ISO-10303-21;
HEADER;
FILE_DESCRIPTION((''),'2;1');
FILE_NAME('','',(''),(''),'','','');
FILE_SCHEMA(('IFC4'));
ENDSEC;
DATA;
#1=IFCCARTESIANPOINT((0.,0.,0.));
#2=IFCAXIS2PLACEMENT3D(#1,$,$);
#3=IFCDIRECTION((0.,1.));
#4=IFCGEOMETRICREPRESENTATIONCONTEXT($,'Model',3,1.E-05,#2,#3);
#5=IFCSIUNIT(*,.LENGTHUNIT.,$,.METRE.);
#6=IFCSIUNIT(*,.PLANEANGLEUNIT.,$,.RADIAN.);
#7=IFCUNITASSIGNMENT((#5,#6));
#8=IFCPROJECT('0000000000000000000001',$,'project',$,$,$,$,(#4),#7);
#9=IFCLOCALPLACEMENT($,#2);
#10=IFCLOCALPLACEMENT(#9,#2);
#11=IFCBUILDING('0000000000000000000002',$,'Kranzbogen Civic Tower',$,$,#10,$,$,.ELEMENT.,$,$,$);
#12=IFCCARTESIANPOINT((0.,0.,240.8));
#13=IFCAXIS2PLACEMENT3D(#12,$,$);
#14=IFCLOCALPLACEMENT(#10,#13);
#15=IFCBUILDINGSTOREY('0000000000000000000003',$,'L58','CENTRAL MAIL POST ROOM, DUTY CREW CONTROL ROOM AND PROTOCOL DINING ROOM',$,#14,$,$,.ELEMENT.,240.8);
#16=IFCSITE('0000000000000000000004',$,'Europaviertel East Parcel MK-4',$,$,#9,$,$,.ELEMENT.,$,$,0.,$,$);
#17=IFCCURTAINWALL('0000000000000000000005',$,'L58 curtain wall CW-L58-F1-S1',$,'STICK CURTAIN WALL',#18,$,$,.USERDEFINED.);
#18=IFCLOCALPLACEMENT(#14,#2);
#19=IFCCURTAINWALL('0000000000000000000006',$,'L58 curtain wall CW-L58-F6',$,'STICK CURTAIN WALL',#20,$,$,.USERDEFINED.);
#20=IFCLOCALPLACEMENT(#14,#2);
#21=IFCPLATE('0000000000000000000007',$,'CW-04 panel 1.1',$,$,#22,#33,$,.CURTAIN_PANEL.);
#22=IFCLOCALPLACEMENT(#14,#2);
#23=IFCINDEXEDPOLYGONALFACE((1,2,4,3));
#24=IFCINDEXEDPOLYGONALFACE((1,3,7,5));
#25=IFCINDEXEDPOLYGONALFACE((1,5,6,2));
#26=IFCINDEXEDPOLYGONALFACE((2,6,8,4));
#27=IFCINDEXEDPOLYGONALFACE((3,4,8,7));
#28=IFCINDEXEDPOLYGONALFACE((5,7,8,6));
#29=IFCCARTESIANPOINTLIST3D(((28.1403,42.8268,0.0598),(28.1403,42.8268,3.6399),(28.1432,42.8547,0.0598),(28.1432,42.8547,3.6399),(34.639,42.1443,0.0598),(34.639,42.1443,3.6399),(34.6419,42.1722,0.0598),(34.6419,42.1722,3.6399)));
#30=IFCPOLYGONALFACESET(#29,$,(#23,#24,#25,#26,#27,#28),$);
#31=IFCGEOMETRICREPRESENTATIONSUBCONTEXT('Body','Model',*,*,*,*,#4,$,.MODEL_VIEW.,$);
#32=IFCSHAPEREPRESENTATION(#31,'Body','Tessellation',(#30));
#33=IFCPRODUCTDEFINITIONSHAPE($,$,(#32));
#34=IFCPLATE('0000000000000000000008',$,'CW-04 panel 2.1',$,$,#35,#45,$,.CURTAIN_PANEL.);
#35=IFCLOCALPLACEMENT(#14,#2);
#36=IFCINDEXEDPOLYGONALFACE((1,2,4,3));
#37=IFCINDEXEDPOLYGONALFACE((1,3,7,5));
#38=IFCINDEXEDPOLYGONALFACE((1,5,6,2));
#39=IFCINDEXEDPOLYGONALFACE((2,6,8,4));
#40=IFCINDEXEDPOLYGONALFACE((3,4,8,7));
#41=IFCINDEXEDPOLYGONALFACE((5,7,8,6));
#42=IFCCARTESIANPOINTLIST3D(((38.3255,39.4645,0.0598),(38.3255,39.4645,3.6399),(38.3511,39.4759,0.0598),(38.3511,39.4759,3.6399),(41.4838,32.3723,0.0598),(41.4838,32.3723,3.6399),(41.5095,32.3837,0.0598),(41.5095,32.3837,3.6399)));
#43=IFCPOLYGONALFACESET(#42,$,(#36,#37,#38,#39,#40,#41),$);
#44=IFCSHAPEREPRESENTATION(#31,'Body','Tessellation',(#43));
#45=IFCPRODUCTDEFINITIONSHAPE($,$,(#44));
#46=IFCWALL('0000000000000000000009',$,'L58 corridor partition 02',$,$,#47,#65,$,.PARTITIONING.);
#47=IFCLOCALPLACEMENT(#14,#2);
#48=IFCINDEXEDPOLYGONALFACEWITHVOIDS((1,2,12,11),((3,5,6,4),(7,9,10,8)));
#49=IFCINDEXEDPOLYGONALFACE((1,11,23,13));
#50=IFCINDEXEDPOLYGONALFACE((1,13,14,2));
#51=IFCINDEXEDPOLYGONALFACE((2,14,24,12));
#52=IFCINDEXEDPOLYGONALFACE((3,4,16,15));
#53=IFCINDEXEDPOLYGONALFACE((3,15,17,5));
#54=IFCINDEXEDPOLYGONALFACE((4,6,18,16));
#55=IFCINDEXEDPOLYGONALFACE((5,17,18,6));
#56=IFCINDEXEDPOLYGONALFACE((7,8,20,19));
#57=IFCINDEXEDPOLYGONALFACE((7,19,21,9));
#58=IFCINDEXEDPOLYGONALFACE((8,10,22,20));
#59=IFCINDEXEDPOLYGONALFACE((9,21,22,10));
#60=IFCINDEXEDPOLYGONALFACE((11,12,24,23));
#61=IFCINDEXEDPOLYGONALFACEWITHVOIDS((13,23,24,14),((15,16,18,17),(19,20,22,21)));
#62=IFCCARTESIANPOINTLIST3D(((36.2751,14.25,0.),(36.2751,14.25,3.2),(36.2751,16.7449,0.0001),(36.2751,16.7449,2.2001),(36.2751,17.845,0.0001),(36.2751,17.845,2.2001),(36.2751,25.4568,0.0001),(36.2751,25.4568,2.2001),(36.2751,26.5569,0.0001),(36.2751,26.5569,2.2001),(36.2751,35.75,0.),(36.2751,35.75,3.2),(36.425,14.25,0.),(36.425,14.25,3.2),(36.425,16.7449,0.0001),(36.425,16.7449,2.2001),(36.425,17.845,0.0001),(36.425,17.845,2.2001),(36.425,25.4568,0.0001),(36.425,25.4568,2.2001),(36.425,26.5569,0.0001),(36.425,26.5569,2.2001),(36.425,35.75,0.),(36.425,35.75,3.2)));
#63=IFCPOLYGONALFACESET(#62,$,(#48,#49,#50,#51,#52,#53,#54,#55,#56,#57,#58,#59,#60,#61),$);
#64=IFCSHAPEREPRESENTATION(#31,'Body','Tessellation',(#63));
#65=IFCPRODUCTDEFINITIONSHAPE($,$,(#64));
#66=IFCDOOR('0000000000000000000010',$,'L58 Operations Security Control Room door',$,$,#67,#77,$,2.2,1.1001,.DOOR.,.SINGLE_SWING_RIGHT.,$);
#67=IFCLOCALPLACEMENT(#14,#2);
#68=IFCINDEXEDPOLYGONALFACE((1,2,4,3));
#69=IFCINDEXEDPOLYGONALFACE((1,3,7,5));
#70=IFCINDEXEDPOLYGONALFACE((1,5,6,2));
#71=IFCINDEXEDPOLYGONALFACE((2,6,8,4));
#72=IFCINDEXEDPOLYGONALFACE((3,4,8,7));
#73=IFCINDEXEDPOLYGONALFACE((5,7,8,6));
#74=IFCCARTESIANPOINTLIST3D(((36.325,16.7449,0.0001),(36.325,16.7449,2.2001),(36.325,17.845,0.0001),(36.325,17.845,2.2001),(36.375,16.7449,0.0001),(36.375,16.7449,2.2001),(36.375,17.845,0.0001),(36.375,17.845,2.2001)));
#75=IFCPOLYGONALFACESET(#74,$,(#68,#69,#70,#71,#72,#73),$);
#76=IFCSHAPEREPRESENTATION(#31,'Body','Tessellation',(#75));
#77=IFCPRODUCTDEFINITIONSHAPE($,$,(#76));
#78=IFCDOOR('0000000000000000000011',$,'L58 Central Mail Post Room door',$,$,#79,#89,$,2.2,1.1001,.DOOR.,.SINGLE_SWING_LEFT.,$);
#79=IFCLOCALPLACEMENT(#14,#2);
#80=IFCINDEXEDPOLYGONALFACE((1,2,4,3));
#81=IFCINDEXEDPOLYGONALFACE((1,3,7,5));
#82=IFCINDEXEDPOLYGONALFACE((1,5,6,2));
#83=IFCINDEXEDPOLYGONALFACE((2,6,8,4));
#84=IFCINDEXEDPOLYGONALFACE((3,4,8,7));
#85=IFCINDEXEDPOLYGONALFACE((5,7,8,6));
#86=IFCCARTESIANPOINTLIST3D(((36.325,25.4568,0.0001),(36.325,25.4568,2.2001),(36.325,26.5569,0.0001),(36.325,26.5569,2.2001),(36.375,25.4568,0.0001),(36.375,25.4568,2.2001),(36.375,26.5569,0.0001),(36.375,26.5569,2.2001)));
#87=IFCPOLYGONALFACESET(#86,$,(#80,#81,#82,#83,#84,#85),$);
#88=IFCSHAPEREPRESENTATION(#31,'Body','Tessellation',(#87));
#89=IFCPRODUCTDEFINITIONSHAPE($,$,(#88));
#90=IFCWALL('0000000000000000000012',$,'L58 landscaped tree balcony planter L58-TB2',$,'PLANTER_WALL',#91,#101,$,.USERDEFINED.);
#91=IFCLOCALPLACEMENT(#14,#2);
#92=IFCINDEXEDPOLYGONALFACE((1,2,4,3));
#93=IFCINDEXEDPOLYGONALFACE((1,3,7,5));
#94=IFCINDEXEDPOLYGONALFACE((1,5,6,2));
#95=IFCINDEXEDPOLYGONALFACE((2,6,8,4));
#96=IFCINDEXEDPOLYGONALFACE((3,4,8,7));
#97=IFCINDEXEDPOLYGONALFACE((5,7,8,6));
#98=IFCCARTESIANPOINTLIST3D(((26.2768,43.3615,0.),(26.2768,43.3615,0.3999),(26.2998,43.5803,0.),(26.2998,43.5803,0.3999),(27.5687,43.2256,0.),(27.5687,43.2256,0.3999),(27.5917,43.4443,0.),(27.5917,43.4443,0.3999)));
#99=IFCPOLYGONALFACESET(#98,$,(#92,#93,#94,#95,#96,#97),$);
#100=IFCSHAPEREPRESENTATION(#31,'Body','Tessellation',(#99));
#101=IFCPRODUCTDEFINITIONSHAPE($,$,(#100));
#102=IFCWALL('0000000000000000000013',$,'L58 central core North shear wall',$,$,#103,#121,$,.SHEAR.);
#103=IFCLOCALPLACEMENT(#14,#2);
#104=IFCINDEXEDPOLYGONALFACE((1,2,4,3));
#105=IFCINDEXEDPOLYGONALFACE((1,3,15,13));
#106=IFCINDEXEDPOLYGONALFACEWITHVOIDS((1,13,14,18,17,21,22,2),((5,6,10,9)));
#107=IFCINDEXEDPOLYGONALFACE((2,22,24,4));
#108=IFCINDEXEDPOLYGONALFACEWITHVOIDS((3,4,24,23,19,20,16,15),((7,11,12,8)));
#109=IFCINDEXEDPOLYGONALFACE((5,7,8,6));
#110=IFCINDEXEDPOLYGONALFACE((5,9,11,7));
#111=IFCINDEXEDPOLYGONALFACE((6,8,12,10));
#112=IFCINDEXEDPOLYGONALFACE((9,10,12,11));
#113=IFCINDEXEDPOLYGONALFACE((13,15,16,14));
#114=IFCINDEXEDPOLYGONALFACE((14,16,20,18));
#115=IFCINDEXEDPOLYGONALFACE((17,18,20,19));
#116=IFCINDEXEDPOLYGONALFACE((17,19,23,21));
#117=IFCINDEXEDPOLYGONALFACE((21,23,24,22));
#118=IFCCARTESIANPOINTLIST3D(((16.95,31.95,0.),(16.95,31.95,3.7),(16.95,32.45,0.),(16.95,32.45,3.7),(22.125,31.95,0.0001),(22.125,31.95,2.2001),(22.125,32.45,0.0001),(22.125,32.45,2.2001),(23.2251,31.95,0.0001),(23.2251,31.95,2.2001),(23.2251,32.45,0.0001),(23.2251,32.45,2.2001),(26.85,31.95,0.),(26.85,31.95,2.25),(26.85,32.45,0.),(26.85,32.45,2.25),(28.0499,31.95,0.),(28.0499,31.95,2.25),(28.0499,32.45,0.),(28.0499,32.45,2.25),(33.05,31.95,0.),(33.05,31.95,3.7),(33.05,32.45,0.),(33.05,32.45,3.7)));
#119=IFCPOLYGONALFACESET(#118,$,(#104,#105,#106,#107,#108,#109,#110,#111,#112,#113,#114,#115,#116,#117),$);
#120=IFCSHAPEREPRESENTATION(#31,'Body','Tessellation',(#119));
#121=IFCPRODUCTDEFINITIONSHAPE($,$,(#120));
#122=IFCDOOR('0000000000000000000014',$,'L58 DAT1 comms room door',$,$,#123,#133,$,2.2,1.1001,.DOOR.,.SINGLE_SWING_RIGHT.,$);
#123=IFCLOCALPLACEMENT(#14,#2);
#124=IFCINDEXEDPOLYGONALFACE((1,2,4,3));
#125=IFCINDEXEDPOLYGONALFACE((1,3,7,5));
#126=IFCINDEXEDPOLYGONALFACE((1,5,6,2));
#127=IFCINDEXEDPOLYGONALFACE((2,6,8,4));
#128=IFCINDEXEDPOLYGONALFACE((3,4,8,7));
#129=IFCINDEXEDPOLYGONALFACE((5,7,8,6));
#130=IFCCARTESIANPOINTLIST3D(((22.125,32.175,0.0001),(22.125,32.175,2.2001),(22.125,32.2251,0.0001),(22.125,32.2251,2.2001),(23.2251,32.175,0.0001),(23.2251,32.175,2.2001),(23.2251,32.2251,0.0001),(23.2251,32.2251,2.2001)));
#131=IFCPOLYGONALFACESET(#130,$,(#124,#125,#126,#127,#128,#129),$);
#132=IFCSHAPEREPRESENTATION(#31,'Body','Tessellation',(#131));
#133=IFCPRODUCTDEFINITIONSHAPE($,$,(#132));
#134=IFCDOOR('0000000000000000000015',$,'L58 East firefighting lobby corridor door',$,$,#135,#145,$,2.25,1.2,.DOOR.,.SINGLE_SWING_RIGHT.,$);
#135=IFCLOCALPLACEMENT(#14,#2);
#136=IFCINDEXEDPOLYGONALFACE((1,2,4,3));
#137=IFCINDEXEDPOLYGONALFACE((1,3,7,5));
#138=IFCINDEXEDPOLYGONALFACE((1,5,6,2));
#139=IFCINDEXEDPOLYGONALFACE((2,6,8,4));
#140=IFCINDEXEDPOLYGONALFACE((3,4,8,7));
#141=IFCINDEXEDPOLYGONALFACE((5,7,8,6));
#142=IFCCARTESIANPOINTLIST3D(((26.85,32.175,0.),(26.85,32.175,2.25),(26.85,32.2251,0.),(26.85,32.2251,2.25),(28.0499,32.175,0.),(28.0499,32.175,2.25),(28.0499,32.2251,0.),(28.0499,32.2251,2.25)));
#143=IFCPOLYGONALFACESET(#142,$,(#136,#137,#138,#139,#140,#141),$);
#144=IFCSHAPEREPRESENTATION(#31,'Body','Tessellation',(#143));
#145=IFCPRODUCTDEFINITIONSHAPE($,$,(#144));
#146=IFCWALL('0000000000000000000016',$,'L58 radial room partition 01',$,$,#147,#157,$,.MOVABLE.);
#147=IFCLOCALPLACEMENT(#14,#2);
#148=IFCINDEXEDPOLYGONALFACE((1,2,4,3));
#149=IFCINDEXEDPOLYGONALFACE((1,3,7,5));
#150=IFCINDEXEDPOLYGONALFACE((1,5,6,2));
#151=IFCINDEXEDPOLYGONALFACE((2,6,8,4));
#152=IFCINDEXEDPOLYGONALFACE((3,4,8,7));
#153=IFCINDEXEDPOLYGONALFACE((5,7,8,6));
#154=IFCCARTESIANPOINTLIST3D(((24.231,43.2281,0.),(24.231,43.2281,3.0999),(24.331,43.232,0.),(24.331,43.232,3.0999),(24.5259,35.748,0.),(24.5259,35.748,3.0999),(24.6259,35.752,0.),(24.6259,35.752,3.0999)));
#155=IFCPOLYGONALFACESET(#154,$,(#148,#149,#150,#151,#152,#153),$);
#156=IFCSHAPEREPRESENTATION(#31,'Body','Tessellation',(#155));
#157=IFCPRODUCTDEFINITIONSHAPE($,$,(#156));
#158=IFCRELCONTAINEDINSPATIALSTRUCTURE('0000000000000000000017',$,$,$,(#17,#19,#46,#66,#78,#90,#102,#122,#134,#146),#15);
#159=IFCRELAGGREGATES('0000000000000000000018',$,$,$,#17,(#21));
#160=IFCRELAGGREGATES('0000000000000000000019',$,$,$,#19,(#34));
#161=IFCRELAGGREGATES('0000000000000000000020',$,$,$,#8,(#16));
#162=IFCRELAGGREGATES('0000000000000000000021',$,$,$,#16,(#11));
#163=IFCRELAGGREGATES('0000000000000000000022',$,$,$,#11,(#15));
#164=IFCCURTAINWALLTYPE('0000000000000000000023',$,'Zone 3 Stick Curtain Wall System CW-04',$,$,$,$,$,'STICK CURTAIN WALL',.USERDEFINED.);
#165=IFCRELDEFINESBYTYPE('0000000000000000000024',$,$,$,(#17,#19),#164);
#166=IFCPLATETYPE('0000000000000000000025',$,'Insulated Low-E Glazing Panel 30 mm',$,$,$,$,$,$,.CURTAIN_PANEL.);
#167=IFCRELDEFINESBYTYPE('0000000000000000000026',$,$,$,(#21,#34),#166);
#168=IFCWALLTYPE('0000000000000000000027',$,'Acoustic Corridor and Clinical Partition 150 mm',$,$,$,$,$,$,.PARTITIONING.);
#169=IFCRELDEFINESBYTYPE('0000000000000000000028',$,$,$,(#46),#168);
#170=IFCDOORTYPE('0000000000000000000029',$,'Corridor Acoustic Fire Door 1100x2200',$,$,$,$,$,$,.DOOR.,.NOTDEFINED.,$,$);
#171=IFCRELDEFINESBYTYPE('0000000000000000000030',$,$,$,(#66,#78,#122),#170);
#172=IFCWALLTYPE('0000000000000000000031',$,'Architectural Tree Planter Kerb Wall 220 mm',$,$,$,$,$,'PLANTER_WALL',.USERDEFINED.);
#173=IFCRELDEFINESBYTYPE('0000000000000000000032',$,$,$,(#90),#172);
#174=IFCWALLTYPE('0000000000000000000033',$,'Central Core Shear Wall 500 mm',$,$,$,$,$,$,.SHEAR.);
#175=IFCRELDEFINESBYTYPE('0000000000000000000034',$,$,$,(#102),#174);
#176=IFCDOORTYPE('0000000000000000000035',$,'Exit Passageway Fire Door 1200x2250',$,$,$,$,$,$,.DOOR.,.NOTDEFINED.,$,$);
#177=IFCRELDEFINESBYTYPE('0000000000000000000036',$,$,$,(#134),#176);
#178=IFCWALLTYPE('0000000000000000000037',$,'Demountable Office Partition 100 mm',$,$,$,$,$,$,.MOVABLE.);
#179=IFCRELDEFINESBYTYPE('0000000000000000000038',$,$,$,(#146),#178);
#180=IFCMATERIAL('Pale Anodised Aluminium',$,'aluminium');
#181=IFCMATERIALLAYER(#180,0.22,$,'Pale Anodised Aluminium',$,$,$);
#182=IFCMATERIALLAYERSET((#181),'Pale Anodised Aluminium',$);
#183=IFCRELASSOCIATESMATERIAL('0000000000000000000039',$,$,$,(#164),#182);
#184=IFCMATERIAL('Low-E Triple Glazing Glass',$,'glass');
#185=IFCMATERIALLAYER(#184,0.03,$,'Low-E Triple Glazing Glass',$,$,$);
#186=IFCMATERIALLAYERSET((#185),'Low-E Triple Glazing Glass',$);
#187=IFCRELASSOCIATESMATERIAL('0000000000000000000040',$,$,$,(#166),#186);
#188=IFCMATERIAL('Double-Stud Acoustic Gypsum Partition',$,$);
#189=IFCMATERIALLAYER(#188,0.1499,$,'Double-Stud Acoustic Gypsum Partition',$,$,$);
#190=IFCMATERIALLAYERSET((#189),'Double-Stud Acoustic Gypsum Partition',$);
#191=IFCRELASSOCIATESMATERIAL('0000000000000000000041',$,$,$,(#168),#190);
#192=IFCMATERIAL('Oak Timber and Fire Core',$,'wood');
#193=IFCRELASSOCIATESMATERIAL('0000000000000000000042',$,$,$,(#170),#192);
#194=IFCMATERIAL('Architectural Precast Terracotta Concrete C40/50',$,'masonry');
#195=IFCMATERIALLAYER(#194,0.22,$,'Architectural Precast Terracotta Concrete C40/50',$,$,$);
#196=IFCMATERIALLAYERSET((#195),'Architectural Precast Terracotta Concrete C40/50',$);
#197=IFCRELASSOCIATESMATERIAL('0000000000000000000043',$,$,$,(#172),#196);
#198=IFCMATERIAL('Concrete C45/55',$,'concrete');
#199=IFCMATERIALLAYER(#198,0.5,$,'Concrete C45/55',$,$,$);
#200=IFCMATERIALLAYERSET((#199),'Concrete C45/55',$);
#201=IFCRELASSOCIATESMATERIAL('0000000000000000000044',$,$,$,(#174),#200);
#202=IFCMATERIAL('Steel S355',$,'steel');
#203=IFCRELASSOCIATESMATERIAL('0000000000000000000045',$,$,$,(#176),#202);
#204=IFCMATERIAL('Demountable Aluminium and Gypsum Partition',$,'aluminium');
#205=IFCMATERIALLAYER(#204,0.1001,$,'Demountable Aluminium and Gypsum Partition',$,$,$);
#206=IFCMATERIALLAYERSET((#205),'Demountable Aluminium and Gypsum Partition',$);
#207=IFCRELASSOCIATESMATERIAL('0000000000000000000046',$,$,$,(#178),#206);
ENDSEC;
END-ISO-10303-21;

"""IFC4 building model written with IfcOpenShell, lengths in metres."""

from ifc_helpers import new_model, si_unit, direction, frame, frame_2d, origin, origin_2d, place, context, subcontext, project, spatial, rectangle, extrude, material, layer, layer_set, type_object, element, fill, aggregate, save


model = new_model("IFC4")

# Units and contexts
model_context = context("Model", 3, precision=1e-05, world=origin(), true_north=direction((0.0, 1.0)))
body_context = subcontext(model_context, "Body", "Model", "MODEL_VIEW")
ifc_project = project(units=[si_unit("LENGTHUNIT", "METRE"), si_unit("PLANEANGLEUNIT", "RADIAN")], contexts=[model_context])

# Site, building, storey
site_placement = place(None, origin())
site = spatial("IfcSite", under=ifc_project, at=site_placement, Name="Europaviertel East Parcel MK-4", CompositionType="ELEMENT", RefElevation=0.0)
building_placement = place(site_placement, origin())
building = spatial("IfcBuilding", under=site, at=building_placement, Name="Kranzbogen Civic Tower", CompositionType="ELEMENT")
storey_placement = place(building_placement, frame((0.0, 0.0, 240.8)))
storey = spatial("IfcBuildingStorey", under=building, at=storey_placement, Name="L58", Description="CENTRAL MAIL POST ROOM, DUTY CREW CONTROL ROOM AND PROTOCOL DINING ROOM", CompositionType="ELEMENT", Elevation=240.8)

# Shared definitions
ifc_material_1 = material(Name="Steel S355", Category="steel")

# Curtain wall
ifc_material_2 = material(Name="Pale Anodised Aluminium", Category="aluminium")
ifc_layer_1 = layer(ifc_material_2, 0.22, Name="Pale Anodised Aluminium")
ifc_layer_set_1 = layer_set([ifc_layer_1], Name="Pale Anodised Aluminium")
curtain_wall_type = type_object("IfcCurtainWallType", Name="Zone 3 Stick Curtain Wall System CW-04", ElementType="STICK CURTAIN WALL", PredefinedType="USERDEFINED", material=ifc_layer_set_1)
curtain_wall_1_placement = place(storey_placement, origin())
curtain_wall_1 = element("IfcCurtainWall", 1, at=curtain_wall_1_placement, inside=storey, type_object=curtain_wall_type, Name="L58 curtain wall CW-L58-F1-S1", ObjectType="STICK CURTAIN WALL", PredefinedType="USERDEFINED")

# Curtain wall
curtain_wall_2_placement = place(storey_placement, origin())
curtain_wall_2 = element("IfcCurtainWall", 2, at=curtain_wall_2_placement, inside=storey, type_object=curtain_wall_type, Name="L58 curtain wall CW-L58-F6", ObjectType="STICK CURTAIN WALL", PredefinedType="USERDEFINED")

# Plates
ifc_material_3 = material(Name="Low-E Triple Glazing Glass", Category="glass")
ifc_layer_2 = layer(ifc_material_3, 0.03, Name="Low-E Triple Glazing Glass")
ifc_layer_set_2 = layer_set([ifc_layer_2], Name="Low-E Triple Glazing Glass")
plate_type = type_object("IfcPlateType", Name="Insulated Low-E Glazing Panel 30 mm", PredefinedType="CURTAIN_PANEL", material=ifc_layer_set_2)
plate_1_placement = place(storey_placement, frame((31.3911, 42.4995, 0.0598), z_axis=(0.0, 0.0, 1.0), x_axis=(-0.994531, 0.104442, 0.0)))
plate_1 = element("IfcPlate", 3, at=plate_1_placement, type_object=plate_type, Name="CW-04 panel 1.1", PredefinedType="CURTAIN_PANEL", context=body_context, shape_type="SweptSolid", body=[
    extrude(rectangle(XDim=6.5344, YDim=0.0281, at=origin_2d()), origin(), (0.0, 0.0, 1.0), 3.5801),
])
aggregate(curtain_wall_1, [plate_1])
plate_2_placement = place(storey_placement, frame((39.9175, 35.9241, 0.0598), z_axis=(0.0, 0.0, 1.0), x_axis=(-0.406812, 0.913512, 0.0)))
plate_2 = element("IfcPlate", 4, at=plate_2_placement, type_object=plate_type, Name="CW-04 panel 2.1", PredefinedType="CURTAIN_PANEL", context=body_context, shape_type="SweptSolid", body=[
    extrude(rectangle(XDim=7.7637, YDim=0.0281, at=origin_2d()), origin(), (0.0, 0.0, 1.0), 3.5801),
])
aggregate(curtain_wall_2, [plate_2])

# Wall, openings, doors
ifc_material_4 = material(Name="Double-Stud Acoustic Gypsum Partition")
ifc_layer_3 = layer(ifc_material_4, 0.1499, Name="Double-Stud Acoustic Gypsum Partition")
ifc_layer_set_3 = layer_set([ifc_layer_3], Name="Double-Stud Acoustic Gypsum Partition")
wall_type_1 = type_object("IfcWallType", Name="Acoustic Corridor and Clinical Partition 150 mm", PredefinedType="PARTITIONING", material=ifc_layer_set_3)
wall_1_placement = place(storey_placement, frame((36.3501, 35.75, 0.0), z_axis=(0.0, 0.0, 1.0), x_axis=(0.0, -1.0, 0.0)))
wall_1 = element("IfcWall", 5, at=wall_1_placement, inside=storey, type_object=wall_type_1, Name="L58 corridor partition 02", PredefinedType="PARTITIONING", context=body_context, shape_type="SweptSolid", body=[
    extrude(rectangle(XDim=21.5, YDim=0.1499, at=frame_2d((10.75, 0.0))), origin(), (0.0, 0.0, 1.0), 3.2),
])
opening_1_placement = place(wall_1_placement, frame((17.905, 0.0, 0.0)))
opening_1 = element("IfcOpeningElement", 6, at=opening_1_placement, cuts=wall_1, PredefinedType="OPENING", context=body_context, shape_type="SweptSolid", body=[
    extrude(rectangle(XDim=1.1001, YDim=2.2, at=frame_2d((0.55, 1.1001))), frame((0.0, 0.085, 0.0), z_axis=(0.0, -1.0, 0.0), x_axis=(1.0, 0.0, 0.0)), (0.0, 0.0, 1.0), 0.1699),
])
opening_2_placement = place(wall_1_placement, frame((9.1931, 0.0, 0.0)))
opening_2 = element("IfcOpeningElement", 7, at=opening_2_placement, cuts=wall_1, PredefinedType="OPENING", context=body_context, shape_type="SweptSolid", body=[
    extrude(rectangle(XDim=1.1001, YDim=2.2, at=frame_2d((0.55, 1.1001))), frame((0.0, 0.085, 0.0), z_axis=(0.0, -1.0, 0.0), x_axis=(1.0, 0.0, 0.0)), (0.0, 0.0, 1.0), 0.1699),
])
ifc_material_5 = material(Name="Oak Timber and Fire Core", Category="wood")
door_type_1 = type_object("IfcDoorType", Name="Corridor Acoustic Fire Door 1100x2200", OperationType="NOTDEFINED", PredefinedType="DOOR", material=ifc_material_5)
door_1_placement = place(opening_1_placement, origin())
door_1 = element("IfcDoor", 8, at=door_1_placement, inside=storey, type_object=door_type_1, Name="L58 Operations Security Control Room door", OperationType="SINGLE_SWING_RIGHT", OverallHeight=2.2, OverallWidth=1.1001, PredefinedType="DOOR", context=body_context, shape_type="SweptSolid", body=[
    extrude(rectangle(XDim=1.1001, YDim=2.2, at=frame_2d((0.55, 1.1001))), frame((0.0, 0.0249, 0.0), z_axis=(0.0, -1.0, 0.0), x_axis=(1.0, 0.0, 0.0)), (0.0, 0.0, 1.0), 0.05),
])
fill(opening_1, door_1)
door_2_placement = place(opening_2_placement, origin())
door_2 = element("IfcDoor", 9, at=door_2_placement, inside=storey, type_object=door_type_1, Name="L58 Central Mail Post Room door", OperationType="SINGLE_SWING_LEFT", OverallHeight=2.2, OverallWidth=1.1001, PredefinedType="DOOR", context=body_context, shape_type="SweptSolid", body=[
    extrude(rectangle(XDim=1.1001, YDim=2.2, at=frame_2d((0.55, 1.1001))), frame((0.0, 0.0249, 0.0), z_axis=(0.0, -1.0, 0.0), x_axis=(1.0, 0.0, 0.0)), (0.0, 0.0, 1.0), 0.05),
])
fill(opening_2, door_2)

# Wall
ifc_material_6 = material(Name="Architectural Precast Terracotta Concrete C40/50", Category="masonry")
ifc_layer_4 = layer(ifc_material_6, 0.22, Name="Architectural Precast Terracotta Concrete C40/50")
ifc_layer_set_4 = layer_set([ifc_layer_4], Name="Architectural Precast Terracotta Concrete C40/50")
wall_type_2 = type_object("IfcWallType", Name="Architectural Tree Planter Kerb Wall 220 mm", ElementType="PLANTER_WALL", PredefinedType="USERDEFINED", material=ifc_layer_set_4)
wall_2_placement = place(storey_placement, frame((27.5801, 43.335, 0.0), z_axis=(0.0, 0.0, 1.0), x_axis=(-0.994506, 0.104675, 0.0)))
element("IfcWall", 10, at=wall_2_placement, inside=storey, type_object=wall_type_2, Name="L58 landscaped tree balcony planter L58-TB2", ObjectType="PLANTER_WALL", PredefinedType="USERDEFINED", context=body_context, shape_type="SweptSolid", body=[
    extrude(rectangle(XDim=1.2991, YDim=0.22, at=frame_2d((0.6494, 0.0))), origin(), (0.0, 0.0, 1.0), 0.3999),
])

# Wall, openings, doors
ifc_material_7 = material(Name="Concrete C45/55", Category="concrete")
ifc_layer_5 = layer(ifc_material_7, 0.5, Name="Concrete C45/55")
ifc_layer_set_5 = layer_set([ifc_layer_5], Name="Concrete C45/55")
wall_type_3 = type_object("IfcWallType", Name="Central Core Shear Wall 500 mm", PredefinedType="SHEAR", material=ifc_layer_set_5)
wall_3_placement = place(storey_placement, frame((33.05, 32.2, 0.0), z_axis=(0.0, 0.0, 1.0), x_axis=(-1.0, 0.0, 0.0)))
wall_3 = element("IfcWall", 11, at=wall_3_placement, inside=storey, type_object=wall_type_3, Name="L58 central core North shear wall", PredefinedType="SHEAR", context=body_context, shape_type="SweptSolid", body=[
    extrude(rectangle(XDim=16.1001, YDim=0.5, at=frame_2d((8.05, 0.0))), origin(), (0.0, 0.0, 1.0), 3.7),
])
opening_3_placement = place(wall_3_placement, frame((5.0, 0.0, 0.0)))
opening_3 = element("IfcOpeningElement", 12, at=opening_3_placement, cuts=wall_3, PredefinedType="OPENING", context=body_context, shape_type="SweptSolid", body=[
    extrude(rectangle(XDim=1.2, YDim=2.25, at=frame_2d((0.6001, 1.125))), frame((0.0, 0.26, 0.0), z_axis=(0.0, -1.0, 0.0), x_axis=(1.0, 0.0, 0.0)), (0.0, 0.0, 1.0), 0.52),
])
opening_4_placement = place(wall_3_placement, frame((9.825, 0.0, 0.0)))
opening_4 = element("IfcOpeningElement", 13, at=opening_4_placement, cuts=wall_3, PredefinedType="OPENING", context=body_context, shape_type="SweptSolid", body=[
    extrude(rectangle(XDim=1.1001, YDim=2.2, at=frame_2d((0.55, 1.1001))), frame((0.0, 0.26, 0.0), z_axis=(0.0, -1.0, 0.0), x_axis=(1.0, 0.0, 0.0)), (0.0, 0.0, 1.0), 0.52),
])
door_3_placement = place(opening_4_placement, origin())
door_3 = element("IfcDoor", 14, at=door_3_placement, inside=storey, type_object=door_type_1, Name="L58 DAT1 comms room door", OperationType="SINGLE_SWING_RIGHT", OverallHeight=2.2, OverallWidth=1.1001, PredefinedType="DOOR", context=body_context, shape_type="SweptSolid", body=[
    extrude(rectangle(XDim=1.1001, YDim=2.2, at=frame_2d((0.55, 1.1001))), frame((0.0, 0.0249, 0.0), z_axis=(0.0, -1.0, 0.0), x_axis=(1.0, 0.0, 0.0)), (0.0, 0.0, 1.0), 0.05),
])
fill(opening_4, door_3)
door_type_2 = type_object("IfcDoorType", Name="Exit Passageway Fire Door 1200x2250", OperationType="NOTDEFINED", PredefinedType="DOOR", material=ifc_material_1)
door_4_placement = place(opening_3_placement, origin())
door_4 = element("IfcDoor", 15, at=door_4_placement, inside=storey, type_object=door_type_2, Name="L58 East firefighting lobby corridor door", OperationType="SINGLE_SWING_RIGHT", OverallHeight=2.25, OverallWidth=1.2, PredefinedType="DOOR", context=body_context, shape_type="SweptSolid", body=[
    extrude(rectangle(XDim=1.2, YDim=2.25, at=frame_2d((0.6001, 1.125))), frame((0.0, 0.0249, 0.0), z_axis=(0.0, -1.0, 0.0), x_axis=(1.0, 0.0, 0.0)), (0.0, 0.0, 1.0), 0.05),
])
fill(opening_3, door_4)

# Wall
ifc_material_8 = material(Name="Demountable Aluminium and Gypsum Partition", Category="aluminium")
ifc_layer_6 = layer(ifc_material_8, 0.1001, Name="Demountable Aluminium and Gypsum Partition")
ifc_layer_set_6 = layer_set([ifc_layer_6], Name="Demountable Aluminium and Gypsum Partition")
wall_type_4 = type_object("IfcWallType", Name="Demountable Office Partition 100 mm", PredefinedType="MOVABLE", material=ifc_layer_set_6)
wall_4_placement = place(storey_placement, frame((24.5759, 35.75, 0.0), z_axis=(0.0, 0.0, 1.0), x_axis=(-0.039398, 0.999224, 0.0)))
element("IfcWall", 16, at=wall_4_placement, inside=storey, type_object=wall_type_4, Name="L58 radial room partition 01", PredefinedType="MOVABLE", context=body_context, shape_type="SweptSolid", body=[
    extrude(rectangle(XDim=7.4858, YDim=0.1001, at=frame_2d((3.7429, 0.0))), origin(), (0.0, 0.0, 1.0), 3.0999),
])

save(model, "model.ifc")
